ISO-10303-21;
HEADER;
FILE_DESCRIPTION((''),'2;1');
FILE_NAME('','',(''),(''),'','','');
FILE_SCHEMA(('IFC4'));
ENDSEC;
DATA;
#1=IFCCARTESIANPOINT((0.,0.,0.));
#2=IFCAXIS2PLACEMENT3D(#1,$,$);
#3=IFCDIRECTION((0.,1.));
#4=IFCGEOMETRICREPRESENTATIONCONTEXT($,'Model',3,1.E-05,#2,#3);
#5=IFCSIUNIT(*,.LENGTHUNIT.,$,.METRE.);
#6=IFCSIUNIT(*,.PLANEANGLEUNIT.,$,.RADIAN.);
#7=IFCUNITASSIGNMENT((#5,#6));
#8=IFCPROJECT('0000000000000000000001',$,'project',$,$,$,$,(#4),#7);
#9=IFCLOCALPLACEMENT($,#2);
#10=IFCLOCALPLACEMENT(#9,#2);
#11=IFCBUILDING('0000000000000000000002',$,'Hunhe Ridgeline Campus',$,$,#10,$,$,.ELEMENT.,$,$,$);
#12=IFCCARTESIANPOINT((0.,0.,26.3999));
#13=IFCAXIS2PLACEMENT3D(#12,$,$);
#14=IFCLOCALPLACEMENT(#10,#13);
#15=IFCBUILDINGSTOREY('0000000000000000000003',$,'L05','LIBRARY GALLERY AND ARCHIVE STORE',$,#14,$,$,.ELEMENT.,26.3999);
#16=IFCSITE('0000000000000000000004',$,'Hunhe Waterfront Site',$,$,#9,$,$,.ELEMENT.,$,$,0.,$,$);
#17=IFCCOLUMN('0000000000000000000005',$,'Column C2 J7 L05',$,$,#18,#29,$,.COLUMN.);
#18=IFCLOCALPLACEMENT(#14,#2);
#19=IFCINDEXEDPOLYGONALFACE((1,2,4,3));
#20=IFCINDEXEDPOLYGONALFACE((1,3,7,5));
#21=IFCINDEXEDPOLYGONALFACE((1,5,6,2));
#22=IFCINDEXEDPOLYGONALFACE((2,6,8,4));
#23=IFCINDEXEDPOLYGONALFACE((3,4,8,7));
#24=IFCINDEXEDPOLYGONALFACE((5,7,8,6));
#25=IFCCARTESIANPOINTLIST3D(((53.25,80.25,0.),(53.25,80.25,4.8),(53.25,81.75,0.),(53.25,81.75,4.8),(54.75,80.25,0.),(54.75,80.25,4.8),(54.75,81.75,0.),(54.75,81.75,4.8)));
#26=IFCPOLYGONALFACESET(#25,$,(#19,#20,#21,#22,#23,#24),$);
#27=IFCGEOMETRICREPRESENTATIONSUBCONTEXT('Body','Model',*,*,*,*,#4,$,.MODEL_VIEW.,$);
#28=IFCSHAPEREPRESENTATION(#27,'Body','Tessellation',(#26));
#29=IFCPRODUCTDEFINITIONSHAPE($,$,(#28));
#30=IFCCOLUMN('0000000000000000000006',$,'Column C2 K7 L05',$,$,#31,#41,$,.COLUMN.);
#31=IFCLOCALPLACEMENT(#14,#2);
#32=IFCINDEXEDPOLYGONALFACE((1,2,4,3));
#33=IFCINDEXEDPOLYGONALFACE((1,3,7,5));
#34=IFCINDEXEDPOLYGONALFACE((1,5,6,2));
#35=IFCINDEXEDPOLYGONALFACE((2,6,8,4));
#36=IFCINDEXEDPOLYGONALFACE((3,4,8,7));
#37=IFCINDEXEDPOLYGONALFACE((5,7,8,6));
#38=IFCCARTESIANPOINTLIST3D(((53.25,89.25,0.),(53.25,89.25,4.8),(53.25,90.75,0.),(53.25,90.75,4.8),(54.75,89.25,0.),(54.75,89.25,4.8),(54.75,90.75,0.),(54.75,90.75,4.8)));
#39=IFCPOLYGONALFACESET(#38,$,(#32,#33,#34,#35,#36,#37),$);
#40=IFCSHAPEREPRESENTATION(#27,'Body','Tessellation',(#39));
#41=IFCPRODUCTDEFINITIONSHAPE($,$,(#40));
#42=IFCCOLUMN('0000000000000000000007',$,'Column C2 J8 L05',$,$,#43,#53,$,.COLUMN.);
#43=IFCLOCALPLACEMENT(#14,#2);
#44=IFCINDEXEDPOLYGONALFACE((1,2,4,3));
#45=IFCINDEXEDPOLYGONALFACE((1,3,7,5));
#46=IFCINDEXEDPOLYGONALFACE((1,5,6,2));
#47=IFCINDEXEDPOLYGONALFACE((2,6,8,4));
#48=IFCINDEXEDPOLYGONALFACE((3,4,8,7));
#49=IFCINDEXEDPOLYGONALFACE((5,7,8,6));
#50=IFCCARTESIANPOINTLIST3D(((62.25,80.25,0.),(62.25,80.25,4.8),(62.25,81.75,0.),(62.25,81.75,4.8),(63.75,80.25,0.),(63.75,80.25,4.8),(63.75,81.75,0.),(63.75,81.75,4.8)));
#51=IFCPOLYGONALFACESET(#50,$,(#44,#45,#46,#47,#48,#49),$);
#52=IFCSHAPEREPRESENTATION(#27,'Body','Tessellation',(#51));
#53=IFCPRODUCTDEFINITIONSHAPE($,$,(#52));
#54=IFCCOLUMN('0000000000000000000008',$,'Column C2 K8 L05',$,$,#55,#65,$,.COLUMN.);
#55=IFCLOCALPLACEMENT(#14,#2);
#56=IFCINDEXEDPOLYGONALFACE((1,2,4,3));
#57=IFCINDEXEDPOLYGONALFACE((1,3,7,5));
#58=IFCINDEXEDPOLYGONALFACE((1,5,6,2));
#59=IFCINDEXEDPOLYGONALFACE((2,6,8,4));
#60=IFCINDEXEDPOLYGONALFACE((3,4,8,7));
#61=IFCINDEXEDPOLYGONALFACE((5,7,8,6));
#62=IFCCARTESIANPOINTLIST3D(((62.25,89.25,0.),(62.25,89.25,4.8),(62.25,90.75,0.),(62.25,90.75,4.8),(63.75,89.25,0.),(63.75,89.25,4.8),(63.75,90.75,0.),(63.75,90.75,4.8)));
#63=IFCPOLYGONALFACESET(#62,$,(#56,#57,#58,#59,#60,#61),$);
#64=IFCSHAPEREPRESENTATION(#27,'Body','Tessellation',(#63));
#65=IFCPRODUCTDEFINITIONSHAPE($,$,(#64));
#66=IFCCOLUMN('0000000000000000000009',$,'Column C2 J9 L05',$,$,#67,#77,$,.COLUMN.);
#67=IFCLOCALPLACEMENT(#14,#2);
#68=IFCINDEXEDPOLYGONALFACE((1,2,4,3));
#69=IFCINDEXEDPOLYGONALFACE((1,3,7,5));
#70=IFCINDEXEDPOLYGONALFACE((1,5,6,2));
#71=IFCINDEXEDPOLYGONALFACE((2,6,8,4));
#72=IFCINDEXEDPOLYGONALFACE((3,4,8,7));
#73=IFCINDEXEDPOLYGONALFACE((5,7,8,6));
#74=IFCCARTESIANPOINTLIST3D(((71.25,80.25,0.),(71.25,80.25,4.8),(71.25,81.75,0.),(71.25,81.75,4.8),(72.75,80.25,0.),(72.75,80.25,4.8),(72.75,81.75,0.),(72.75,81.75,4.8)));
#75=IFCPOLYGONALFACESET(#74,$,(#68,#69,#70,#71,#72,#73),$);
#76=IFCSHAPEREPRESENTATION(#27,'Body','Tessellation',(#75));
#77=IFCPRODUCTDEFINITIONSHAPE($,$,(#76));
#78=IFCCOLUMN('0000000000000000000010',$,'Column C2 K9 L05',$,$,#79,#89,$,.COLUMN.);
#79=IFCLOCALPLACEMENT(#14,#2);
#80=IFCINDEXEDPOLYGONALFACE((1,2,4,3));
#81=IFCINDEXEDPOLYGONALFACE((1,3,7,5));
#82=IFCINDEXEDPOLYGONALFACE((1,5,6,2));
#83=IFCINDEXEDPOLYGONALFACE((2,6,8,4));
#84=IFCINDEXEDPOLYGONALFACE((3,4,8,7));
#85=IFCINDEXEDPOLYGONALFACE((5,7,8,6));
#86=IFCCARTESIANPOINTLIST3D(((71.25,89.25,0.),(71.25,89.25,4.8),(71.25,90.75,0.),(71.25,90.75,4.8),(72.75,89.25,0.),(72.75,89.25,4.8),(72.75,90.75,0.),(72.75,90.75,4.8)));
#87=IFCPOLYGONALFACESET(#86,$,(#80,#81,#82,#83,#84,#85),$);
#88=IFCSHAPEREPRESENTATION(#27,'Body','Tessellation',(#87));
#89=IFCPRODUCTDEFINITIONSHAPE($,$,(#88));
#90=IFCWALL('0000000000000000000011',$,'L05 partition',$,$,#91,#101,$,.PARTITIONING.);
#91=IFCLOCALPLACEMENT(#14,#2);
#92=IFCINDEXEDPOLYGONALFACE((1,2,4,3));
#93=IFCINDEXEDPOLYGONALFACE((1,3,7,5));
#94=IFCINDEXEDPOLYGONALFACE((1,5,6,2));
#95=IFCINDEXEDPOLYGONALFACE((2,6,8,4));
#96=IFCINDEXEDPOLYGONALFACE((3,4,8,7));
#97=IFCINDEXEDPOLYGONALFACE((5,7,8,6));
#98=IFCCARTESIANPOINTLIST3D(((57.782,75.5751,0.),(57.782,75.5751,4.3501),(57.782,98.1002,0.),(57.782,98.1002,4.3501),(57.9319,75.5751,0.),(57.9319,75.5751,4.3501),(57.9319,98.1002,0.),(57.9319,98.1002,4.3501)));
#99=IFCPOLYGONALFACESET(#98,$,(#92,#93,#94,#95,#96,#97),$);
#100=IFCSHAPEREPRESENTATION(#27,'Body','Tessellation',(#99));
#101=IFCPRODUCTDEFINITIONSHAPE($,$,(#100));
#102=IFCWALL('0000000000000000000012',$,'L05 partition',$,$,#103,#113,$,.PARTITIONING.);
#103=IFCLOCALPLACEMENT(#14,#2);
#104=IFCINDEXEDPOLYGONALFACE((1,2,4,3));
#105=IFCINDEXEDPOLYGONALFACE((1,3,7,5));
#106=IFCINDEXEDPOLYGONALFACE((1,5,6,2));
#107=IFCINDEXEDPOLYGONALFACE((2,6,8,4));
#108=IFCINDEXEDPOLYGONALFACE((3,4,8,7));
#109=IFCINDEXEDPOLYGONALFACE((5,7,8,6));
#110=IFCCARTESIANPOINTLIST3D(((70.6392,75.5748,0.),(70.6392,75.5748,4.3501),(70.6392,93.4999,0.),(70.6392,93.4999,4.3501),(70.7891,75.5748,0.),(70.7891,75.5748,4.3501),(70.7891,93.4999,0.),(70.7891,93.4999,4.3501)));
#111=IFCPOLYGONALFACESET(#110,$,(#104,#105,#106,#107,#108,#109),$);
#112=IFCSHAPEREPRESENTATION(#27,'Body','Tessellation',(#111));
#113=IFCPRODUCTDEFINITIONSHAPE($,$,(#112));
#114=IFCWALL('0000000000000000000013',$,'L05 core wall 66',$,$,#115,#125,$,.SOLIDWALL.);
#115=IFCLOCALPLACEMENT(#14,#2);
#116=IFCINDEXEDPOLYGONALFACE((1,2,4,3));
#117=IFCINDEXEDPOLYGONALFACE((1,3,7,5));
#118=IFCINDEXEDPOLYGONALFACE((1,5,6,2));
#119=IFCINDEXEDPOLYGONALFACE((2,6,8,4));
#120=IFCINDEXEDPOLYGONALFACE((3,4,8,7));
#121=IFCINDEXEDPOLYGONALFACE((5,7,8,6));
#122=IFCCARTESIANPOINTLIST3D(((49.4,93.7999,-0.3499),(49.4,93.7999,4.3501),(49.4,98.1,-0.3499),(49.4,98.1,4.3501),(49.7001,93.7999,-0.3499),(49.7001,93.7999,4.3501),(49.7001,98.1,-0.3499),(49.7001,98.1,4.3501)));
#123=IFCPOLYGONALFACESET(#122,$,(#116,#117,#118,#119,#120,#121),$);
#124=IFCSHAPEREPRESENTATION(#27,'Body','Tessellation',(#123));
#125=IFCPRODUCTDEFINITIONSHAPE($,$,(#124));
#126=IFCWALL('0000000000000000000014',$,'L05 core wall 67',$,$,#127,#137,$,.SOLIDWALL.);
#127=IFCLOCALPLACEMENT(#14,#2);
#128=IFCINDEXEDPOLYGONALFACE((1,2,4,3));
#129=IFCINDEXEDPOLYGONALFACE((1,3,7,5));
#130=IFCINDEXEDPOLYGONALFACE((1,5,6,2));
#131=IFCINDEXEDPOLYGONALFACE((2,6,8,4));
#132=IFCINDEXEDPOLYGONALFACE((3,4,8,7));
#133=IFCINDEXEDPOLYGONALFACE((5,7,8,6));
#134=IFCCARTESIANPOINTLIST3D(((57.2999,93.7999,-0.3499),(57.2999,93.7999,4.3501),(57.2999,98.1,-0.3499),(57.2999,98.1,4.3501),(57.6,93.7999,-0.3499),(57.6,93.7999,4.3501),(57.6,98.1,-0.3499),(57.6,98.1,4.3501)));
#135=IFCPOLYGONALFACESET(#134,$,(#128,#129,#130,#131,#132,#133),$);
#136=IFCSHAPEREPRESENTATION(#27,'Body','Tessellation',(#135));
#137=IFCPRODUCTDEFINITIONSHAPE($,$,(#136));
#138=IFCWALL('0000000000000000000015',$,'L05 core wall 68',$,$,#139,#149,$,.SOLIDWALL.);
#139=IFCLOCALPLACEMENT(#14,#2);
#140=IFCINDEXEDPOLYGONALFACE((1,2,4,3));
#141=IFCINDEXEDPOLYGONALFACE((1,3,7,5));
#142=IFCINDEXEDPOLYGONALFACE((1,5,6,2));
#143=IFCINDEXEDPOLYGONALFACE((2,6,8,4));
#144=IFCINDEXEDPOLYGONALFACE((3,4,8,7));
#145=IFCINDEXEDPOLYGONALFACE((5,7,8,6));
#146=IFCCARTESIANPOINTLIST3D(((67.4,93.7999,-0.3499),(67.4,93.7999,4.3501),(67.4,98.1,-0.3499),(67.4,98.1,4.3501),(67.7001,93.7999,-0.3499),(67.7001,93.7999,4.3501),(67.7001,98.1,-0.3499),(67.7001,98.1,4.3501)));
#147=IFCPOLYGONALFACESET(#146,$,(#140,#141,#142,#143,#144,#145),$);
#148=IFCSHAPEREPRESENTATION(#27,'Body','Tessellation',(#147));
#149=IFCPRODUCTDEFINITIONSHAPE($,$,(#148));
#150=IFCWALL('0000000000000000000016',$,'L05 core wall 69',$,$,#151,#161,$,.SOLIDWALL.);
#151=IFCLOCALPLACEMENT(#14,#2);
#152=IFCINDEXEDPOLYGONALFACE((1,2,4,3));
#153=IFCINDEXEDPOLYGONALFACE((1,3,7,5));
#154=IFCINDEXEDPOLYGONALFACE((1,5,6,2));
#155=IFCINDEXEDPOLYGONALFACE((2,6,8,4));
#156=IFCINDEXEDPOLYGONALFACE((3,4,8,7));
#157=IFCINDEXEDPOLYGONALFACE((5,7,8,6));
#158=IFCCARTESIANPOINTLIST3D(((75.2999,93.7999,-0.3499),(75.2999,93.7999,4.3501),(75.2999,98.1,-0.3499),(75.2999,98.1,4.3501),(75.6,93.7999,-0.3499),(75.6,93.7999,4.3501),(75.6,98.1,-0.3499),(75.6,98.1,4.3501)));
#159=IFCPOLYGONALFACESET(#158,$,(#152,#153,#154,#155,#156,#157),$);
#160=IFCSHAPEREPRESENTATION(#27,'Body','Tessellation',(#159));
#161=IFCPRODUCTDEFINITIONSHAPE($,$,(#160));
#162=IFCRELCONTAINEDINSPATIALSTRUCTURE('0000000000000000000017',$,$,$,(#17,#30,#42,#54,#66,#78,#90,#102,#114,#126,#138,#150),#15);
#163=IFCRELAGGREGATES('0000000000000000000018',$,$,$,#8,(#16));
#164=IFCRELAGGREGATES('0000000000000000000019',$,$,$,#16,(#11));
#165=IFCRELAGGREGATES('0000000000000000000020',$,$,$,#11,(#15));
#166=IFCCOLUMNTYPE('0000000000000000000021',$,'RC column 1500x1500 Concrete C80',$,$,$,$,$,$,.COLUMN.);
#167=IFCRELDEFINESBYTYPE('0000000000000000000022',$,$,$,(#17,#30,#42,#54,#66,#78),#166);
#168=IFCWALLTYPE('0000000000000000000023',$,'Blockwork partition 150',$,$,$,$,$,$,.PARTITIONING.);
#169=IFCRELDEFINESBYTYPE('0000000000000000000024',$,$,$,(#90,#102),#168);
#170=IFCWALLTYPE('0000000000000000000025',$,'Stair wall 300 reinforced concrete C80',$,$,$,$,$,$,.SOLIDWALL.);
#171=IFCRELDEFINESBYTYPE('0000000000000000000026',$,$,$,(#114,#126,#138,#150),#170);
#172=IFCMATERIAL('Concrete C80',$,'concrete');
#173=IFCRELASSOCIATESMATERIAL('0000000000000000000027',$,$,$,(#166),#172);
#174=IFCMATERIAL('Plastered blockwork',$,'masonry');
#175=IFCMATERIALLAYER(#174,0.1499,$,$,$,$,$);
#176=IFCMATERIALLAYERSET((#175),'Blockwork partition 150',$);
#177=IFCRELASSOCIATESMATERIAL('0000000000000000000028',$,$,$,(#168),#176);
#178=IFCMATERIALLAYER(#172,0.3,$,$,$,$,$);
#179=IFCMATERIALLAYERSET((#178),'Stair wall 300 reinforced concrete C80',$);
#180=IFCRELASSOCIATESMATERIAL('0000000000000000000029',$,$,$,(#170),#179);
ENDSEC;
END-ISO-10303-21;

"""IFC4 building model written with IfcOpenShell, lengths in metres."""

from ifc_helpers import new_model, si_unit, direction, frame, frame_2d, origin, origin_2d, place, context, subcontext, project, spatial, rectangle, extrude, material, layer, layer_set, material_profile, profile_set, type_object, element, save


model = new_model("IFC4")

# Units and contexts
model_context = context("Model", 3, precision=1e-05, world=origin(), true_north=direction((0.0, 1.0)))
body_context = subcontext(model_context, "Body", "Model", "MODEL_VIEW")
ifc_project = project(units=[si_unit("LENGTHUNIT", "METRE"), si_unit("PLANEANGLEUNIT", "RADIAN")], contexts=[model_context])

# Site, building, storey
site_placement = place(None, origin())
site = spatial("IfcSite", under=ifc_project, at=site_placement, Name="Hunhe Waterfront Site", CompositionType="ELEMENT", RefElevation=0.0)
building_placement = place(site_placement, origin())
building = spatial("IfcBuilding", under=site, at=building_placement, Name="Hunhe Ridgeline Campus", CompositionType="ELEMENT")
storey_placement = place(building_placement, frame((0.0, 0.0, 26.3999)))
storey = spatial("IfcBuildingStorey", under=building, at=storey_placement, Name="L05", Description="LIBRARY GALLERY AND ARCHIVE STORE", CompositionType="ELEMENT", Elevation=26.3999)

# Columns
ifc_material_1 = material(Name="Concrete C80", Category="concrete")
ifc_material_profile = material_profile(ifc_material_1, rectangle(XDim=1.5, YDim=1.5, at=origin_2d()))
ifc_profile_set = profile_set([ifc_material_profile], Name="Concrete C80")
column_type = type_object("IfcColumnType", Name="RC column 1500x1500 Concrete C80", PredefinedType="COLUMN", material=ifc_profile_set)
for number, where, z_axis, x_axis, name in (
    (1, (54.0, 81.0, 0.0), (0.0, 0.0, 1.0), (1.0, 0.0, 0.0), "Column C2 J7 L05"),
    (2, (54.0, 90.0, 0.0), (0.0, 0.0, 1.0), (1.0, 0.0, 0.0), "Column C2 K7 L05"),
    (3, (63.0, 81.0, 0.0), (0.0, 0.0, 1.0), (1.0, 0.0, 0.0), "Column C2 J8 L05"),
    (4, (63.0, 90.0, 0.0), (0.0, 0.0, 1.0), (1.0, 0.0, 0.0), "Column C2 K8 L05"),
    (5, (72.0, 81.0, 0.0), (0.0, 0.0, 1.0), (1.0, 0.0, 0.0), "Column C2 J9 L05"),
    (6, (72.0, 90.0, 0.0), (0.0, 0.0, 1.0), (1.0, 0.0, 0.0), "Column C2 K9 L05"),
):
    element("IfcColumn", number, at=place(storey_placement, frame(where, z_axis=z_axis, x_axis=x_axis)), inside=storey, type_object=column_type, Name=name, PredefinedType="COLUMN", context=body_context, shape_type="SweptSolid", body=[
        extrude(rectangle(XDim=1.5, YDim=1.5, at=origin_2d()), origin(), (0.0, 0.0, 1.0), 4.8),
    ])

# Walls
ifc_material_2 = material(Name="Plastered blockwork", Category="masonry")
ifc_layer_1 = layer(ifc_material_2, 0.1499)
ifc_layer_set_1 = layer_set([ifc_layer_1], Name="Blockwork partition 150")
wall_type_1 = type_object("IfcWallType", Name="Blockwork partition 150", PredefinedType="PARTITIONING", material=ifc_layer_set_1)
wall_1_placement = place(storey_placement, frame((57.8569, 75.575, 0.0), z_axis=(0.0, 0.0, 1.0), x_axis=(0.0, 1.0, 0.0)))
element("IfcWall", 7, at=wall_1_placement, inside=storey, type_object=wall_type_1, Name="L05 partition", PredefinedType="PARTITIONING", context=body_context, shape_type="SweptSolid", body=[
    extrude(rectangle(XDim=22.5251, YDim=0.1499, at=frame_2d((11.2627, 0.0))), origin(), (0.0, 0.0, 1.0), 4.3501),
])
wall_2_placement = place(storey_placement, frame((70.7141, 75.575, 0.0), z_axis=(0.0, 0.0, 1.0), x_axis=(0.0, 1.0, 0.0)))
element("IfcWall", 8, at=wall_2_placement, inside=storey, type_object=wall_type_1, Name="L05 partition", PredefinedType="PARTITIONING", context=body_context, shape_type="SweptSolid", body=[
    extrude(rectangle(XDim=17.925, YDim=0.1499, at=frame_2d((8.9624, 0.0))), origin(), (0.0, 0.0, 1.0), 4.3501),
])

# Shared definitions
ifc_layer_2 = layer(ifc_material_1, 0.3)
ifc_layer_set_2 = layer_set([ifc_layer_2], Name="Stair wall 300 reinforced concrete C80")
wall_type_2 = type_object("IfcWallType", Name="Stair wall 300 reinforced concrete C80", PredefinedType="SOLIDWALL", material=ifc_layer_set_2)

# Walls
for number, where, z_axis, x_axis, name in (
    (9, (49.55, 93.8, -0.3499), (0.0, 0.0, 1.0), (0.0, 1.0, 0.0), "L05 core wall 66"),
    (10, (57.45, 93.8, -0.3499), (0.0, 0.0, 1.0), (0.0, 1.0, 0.0), "L05 core wall 67"),
    (11, (67.55, 93.8, -0.3499), (0.0, 0.0, 1.0), (0.0, 1.0, 0.0), "L05 core wall 68"),
    (12, (75.45, 93.8, -0.3499), (0.0, 0.0, 1.0), (0.0, 1.0, 0.0), "L05 core wall 69"),
):
    element("IfcWall", number, at=place(storey_placement, frame(where, z_axis=z_axis, x_axis=x_axis)), inside=storey, type_object=wall_type_2, Name=name, PredefinedType="SOLIDWALL", context=body_context, shape_type="SweptSolid", body=[
        extrude(rectangle(XDim=4.3, YDim=0.3, at=frame_2d((2.1499, 0.0))), origin(), (0.0, 0.0, 1.0), 4.7),
    ])

save(model, "model.ifc")
